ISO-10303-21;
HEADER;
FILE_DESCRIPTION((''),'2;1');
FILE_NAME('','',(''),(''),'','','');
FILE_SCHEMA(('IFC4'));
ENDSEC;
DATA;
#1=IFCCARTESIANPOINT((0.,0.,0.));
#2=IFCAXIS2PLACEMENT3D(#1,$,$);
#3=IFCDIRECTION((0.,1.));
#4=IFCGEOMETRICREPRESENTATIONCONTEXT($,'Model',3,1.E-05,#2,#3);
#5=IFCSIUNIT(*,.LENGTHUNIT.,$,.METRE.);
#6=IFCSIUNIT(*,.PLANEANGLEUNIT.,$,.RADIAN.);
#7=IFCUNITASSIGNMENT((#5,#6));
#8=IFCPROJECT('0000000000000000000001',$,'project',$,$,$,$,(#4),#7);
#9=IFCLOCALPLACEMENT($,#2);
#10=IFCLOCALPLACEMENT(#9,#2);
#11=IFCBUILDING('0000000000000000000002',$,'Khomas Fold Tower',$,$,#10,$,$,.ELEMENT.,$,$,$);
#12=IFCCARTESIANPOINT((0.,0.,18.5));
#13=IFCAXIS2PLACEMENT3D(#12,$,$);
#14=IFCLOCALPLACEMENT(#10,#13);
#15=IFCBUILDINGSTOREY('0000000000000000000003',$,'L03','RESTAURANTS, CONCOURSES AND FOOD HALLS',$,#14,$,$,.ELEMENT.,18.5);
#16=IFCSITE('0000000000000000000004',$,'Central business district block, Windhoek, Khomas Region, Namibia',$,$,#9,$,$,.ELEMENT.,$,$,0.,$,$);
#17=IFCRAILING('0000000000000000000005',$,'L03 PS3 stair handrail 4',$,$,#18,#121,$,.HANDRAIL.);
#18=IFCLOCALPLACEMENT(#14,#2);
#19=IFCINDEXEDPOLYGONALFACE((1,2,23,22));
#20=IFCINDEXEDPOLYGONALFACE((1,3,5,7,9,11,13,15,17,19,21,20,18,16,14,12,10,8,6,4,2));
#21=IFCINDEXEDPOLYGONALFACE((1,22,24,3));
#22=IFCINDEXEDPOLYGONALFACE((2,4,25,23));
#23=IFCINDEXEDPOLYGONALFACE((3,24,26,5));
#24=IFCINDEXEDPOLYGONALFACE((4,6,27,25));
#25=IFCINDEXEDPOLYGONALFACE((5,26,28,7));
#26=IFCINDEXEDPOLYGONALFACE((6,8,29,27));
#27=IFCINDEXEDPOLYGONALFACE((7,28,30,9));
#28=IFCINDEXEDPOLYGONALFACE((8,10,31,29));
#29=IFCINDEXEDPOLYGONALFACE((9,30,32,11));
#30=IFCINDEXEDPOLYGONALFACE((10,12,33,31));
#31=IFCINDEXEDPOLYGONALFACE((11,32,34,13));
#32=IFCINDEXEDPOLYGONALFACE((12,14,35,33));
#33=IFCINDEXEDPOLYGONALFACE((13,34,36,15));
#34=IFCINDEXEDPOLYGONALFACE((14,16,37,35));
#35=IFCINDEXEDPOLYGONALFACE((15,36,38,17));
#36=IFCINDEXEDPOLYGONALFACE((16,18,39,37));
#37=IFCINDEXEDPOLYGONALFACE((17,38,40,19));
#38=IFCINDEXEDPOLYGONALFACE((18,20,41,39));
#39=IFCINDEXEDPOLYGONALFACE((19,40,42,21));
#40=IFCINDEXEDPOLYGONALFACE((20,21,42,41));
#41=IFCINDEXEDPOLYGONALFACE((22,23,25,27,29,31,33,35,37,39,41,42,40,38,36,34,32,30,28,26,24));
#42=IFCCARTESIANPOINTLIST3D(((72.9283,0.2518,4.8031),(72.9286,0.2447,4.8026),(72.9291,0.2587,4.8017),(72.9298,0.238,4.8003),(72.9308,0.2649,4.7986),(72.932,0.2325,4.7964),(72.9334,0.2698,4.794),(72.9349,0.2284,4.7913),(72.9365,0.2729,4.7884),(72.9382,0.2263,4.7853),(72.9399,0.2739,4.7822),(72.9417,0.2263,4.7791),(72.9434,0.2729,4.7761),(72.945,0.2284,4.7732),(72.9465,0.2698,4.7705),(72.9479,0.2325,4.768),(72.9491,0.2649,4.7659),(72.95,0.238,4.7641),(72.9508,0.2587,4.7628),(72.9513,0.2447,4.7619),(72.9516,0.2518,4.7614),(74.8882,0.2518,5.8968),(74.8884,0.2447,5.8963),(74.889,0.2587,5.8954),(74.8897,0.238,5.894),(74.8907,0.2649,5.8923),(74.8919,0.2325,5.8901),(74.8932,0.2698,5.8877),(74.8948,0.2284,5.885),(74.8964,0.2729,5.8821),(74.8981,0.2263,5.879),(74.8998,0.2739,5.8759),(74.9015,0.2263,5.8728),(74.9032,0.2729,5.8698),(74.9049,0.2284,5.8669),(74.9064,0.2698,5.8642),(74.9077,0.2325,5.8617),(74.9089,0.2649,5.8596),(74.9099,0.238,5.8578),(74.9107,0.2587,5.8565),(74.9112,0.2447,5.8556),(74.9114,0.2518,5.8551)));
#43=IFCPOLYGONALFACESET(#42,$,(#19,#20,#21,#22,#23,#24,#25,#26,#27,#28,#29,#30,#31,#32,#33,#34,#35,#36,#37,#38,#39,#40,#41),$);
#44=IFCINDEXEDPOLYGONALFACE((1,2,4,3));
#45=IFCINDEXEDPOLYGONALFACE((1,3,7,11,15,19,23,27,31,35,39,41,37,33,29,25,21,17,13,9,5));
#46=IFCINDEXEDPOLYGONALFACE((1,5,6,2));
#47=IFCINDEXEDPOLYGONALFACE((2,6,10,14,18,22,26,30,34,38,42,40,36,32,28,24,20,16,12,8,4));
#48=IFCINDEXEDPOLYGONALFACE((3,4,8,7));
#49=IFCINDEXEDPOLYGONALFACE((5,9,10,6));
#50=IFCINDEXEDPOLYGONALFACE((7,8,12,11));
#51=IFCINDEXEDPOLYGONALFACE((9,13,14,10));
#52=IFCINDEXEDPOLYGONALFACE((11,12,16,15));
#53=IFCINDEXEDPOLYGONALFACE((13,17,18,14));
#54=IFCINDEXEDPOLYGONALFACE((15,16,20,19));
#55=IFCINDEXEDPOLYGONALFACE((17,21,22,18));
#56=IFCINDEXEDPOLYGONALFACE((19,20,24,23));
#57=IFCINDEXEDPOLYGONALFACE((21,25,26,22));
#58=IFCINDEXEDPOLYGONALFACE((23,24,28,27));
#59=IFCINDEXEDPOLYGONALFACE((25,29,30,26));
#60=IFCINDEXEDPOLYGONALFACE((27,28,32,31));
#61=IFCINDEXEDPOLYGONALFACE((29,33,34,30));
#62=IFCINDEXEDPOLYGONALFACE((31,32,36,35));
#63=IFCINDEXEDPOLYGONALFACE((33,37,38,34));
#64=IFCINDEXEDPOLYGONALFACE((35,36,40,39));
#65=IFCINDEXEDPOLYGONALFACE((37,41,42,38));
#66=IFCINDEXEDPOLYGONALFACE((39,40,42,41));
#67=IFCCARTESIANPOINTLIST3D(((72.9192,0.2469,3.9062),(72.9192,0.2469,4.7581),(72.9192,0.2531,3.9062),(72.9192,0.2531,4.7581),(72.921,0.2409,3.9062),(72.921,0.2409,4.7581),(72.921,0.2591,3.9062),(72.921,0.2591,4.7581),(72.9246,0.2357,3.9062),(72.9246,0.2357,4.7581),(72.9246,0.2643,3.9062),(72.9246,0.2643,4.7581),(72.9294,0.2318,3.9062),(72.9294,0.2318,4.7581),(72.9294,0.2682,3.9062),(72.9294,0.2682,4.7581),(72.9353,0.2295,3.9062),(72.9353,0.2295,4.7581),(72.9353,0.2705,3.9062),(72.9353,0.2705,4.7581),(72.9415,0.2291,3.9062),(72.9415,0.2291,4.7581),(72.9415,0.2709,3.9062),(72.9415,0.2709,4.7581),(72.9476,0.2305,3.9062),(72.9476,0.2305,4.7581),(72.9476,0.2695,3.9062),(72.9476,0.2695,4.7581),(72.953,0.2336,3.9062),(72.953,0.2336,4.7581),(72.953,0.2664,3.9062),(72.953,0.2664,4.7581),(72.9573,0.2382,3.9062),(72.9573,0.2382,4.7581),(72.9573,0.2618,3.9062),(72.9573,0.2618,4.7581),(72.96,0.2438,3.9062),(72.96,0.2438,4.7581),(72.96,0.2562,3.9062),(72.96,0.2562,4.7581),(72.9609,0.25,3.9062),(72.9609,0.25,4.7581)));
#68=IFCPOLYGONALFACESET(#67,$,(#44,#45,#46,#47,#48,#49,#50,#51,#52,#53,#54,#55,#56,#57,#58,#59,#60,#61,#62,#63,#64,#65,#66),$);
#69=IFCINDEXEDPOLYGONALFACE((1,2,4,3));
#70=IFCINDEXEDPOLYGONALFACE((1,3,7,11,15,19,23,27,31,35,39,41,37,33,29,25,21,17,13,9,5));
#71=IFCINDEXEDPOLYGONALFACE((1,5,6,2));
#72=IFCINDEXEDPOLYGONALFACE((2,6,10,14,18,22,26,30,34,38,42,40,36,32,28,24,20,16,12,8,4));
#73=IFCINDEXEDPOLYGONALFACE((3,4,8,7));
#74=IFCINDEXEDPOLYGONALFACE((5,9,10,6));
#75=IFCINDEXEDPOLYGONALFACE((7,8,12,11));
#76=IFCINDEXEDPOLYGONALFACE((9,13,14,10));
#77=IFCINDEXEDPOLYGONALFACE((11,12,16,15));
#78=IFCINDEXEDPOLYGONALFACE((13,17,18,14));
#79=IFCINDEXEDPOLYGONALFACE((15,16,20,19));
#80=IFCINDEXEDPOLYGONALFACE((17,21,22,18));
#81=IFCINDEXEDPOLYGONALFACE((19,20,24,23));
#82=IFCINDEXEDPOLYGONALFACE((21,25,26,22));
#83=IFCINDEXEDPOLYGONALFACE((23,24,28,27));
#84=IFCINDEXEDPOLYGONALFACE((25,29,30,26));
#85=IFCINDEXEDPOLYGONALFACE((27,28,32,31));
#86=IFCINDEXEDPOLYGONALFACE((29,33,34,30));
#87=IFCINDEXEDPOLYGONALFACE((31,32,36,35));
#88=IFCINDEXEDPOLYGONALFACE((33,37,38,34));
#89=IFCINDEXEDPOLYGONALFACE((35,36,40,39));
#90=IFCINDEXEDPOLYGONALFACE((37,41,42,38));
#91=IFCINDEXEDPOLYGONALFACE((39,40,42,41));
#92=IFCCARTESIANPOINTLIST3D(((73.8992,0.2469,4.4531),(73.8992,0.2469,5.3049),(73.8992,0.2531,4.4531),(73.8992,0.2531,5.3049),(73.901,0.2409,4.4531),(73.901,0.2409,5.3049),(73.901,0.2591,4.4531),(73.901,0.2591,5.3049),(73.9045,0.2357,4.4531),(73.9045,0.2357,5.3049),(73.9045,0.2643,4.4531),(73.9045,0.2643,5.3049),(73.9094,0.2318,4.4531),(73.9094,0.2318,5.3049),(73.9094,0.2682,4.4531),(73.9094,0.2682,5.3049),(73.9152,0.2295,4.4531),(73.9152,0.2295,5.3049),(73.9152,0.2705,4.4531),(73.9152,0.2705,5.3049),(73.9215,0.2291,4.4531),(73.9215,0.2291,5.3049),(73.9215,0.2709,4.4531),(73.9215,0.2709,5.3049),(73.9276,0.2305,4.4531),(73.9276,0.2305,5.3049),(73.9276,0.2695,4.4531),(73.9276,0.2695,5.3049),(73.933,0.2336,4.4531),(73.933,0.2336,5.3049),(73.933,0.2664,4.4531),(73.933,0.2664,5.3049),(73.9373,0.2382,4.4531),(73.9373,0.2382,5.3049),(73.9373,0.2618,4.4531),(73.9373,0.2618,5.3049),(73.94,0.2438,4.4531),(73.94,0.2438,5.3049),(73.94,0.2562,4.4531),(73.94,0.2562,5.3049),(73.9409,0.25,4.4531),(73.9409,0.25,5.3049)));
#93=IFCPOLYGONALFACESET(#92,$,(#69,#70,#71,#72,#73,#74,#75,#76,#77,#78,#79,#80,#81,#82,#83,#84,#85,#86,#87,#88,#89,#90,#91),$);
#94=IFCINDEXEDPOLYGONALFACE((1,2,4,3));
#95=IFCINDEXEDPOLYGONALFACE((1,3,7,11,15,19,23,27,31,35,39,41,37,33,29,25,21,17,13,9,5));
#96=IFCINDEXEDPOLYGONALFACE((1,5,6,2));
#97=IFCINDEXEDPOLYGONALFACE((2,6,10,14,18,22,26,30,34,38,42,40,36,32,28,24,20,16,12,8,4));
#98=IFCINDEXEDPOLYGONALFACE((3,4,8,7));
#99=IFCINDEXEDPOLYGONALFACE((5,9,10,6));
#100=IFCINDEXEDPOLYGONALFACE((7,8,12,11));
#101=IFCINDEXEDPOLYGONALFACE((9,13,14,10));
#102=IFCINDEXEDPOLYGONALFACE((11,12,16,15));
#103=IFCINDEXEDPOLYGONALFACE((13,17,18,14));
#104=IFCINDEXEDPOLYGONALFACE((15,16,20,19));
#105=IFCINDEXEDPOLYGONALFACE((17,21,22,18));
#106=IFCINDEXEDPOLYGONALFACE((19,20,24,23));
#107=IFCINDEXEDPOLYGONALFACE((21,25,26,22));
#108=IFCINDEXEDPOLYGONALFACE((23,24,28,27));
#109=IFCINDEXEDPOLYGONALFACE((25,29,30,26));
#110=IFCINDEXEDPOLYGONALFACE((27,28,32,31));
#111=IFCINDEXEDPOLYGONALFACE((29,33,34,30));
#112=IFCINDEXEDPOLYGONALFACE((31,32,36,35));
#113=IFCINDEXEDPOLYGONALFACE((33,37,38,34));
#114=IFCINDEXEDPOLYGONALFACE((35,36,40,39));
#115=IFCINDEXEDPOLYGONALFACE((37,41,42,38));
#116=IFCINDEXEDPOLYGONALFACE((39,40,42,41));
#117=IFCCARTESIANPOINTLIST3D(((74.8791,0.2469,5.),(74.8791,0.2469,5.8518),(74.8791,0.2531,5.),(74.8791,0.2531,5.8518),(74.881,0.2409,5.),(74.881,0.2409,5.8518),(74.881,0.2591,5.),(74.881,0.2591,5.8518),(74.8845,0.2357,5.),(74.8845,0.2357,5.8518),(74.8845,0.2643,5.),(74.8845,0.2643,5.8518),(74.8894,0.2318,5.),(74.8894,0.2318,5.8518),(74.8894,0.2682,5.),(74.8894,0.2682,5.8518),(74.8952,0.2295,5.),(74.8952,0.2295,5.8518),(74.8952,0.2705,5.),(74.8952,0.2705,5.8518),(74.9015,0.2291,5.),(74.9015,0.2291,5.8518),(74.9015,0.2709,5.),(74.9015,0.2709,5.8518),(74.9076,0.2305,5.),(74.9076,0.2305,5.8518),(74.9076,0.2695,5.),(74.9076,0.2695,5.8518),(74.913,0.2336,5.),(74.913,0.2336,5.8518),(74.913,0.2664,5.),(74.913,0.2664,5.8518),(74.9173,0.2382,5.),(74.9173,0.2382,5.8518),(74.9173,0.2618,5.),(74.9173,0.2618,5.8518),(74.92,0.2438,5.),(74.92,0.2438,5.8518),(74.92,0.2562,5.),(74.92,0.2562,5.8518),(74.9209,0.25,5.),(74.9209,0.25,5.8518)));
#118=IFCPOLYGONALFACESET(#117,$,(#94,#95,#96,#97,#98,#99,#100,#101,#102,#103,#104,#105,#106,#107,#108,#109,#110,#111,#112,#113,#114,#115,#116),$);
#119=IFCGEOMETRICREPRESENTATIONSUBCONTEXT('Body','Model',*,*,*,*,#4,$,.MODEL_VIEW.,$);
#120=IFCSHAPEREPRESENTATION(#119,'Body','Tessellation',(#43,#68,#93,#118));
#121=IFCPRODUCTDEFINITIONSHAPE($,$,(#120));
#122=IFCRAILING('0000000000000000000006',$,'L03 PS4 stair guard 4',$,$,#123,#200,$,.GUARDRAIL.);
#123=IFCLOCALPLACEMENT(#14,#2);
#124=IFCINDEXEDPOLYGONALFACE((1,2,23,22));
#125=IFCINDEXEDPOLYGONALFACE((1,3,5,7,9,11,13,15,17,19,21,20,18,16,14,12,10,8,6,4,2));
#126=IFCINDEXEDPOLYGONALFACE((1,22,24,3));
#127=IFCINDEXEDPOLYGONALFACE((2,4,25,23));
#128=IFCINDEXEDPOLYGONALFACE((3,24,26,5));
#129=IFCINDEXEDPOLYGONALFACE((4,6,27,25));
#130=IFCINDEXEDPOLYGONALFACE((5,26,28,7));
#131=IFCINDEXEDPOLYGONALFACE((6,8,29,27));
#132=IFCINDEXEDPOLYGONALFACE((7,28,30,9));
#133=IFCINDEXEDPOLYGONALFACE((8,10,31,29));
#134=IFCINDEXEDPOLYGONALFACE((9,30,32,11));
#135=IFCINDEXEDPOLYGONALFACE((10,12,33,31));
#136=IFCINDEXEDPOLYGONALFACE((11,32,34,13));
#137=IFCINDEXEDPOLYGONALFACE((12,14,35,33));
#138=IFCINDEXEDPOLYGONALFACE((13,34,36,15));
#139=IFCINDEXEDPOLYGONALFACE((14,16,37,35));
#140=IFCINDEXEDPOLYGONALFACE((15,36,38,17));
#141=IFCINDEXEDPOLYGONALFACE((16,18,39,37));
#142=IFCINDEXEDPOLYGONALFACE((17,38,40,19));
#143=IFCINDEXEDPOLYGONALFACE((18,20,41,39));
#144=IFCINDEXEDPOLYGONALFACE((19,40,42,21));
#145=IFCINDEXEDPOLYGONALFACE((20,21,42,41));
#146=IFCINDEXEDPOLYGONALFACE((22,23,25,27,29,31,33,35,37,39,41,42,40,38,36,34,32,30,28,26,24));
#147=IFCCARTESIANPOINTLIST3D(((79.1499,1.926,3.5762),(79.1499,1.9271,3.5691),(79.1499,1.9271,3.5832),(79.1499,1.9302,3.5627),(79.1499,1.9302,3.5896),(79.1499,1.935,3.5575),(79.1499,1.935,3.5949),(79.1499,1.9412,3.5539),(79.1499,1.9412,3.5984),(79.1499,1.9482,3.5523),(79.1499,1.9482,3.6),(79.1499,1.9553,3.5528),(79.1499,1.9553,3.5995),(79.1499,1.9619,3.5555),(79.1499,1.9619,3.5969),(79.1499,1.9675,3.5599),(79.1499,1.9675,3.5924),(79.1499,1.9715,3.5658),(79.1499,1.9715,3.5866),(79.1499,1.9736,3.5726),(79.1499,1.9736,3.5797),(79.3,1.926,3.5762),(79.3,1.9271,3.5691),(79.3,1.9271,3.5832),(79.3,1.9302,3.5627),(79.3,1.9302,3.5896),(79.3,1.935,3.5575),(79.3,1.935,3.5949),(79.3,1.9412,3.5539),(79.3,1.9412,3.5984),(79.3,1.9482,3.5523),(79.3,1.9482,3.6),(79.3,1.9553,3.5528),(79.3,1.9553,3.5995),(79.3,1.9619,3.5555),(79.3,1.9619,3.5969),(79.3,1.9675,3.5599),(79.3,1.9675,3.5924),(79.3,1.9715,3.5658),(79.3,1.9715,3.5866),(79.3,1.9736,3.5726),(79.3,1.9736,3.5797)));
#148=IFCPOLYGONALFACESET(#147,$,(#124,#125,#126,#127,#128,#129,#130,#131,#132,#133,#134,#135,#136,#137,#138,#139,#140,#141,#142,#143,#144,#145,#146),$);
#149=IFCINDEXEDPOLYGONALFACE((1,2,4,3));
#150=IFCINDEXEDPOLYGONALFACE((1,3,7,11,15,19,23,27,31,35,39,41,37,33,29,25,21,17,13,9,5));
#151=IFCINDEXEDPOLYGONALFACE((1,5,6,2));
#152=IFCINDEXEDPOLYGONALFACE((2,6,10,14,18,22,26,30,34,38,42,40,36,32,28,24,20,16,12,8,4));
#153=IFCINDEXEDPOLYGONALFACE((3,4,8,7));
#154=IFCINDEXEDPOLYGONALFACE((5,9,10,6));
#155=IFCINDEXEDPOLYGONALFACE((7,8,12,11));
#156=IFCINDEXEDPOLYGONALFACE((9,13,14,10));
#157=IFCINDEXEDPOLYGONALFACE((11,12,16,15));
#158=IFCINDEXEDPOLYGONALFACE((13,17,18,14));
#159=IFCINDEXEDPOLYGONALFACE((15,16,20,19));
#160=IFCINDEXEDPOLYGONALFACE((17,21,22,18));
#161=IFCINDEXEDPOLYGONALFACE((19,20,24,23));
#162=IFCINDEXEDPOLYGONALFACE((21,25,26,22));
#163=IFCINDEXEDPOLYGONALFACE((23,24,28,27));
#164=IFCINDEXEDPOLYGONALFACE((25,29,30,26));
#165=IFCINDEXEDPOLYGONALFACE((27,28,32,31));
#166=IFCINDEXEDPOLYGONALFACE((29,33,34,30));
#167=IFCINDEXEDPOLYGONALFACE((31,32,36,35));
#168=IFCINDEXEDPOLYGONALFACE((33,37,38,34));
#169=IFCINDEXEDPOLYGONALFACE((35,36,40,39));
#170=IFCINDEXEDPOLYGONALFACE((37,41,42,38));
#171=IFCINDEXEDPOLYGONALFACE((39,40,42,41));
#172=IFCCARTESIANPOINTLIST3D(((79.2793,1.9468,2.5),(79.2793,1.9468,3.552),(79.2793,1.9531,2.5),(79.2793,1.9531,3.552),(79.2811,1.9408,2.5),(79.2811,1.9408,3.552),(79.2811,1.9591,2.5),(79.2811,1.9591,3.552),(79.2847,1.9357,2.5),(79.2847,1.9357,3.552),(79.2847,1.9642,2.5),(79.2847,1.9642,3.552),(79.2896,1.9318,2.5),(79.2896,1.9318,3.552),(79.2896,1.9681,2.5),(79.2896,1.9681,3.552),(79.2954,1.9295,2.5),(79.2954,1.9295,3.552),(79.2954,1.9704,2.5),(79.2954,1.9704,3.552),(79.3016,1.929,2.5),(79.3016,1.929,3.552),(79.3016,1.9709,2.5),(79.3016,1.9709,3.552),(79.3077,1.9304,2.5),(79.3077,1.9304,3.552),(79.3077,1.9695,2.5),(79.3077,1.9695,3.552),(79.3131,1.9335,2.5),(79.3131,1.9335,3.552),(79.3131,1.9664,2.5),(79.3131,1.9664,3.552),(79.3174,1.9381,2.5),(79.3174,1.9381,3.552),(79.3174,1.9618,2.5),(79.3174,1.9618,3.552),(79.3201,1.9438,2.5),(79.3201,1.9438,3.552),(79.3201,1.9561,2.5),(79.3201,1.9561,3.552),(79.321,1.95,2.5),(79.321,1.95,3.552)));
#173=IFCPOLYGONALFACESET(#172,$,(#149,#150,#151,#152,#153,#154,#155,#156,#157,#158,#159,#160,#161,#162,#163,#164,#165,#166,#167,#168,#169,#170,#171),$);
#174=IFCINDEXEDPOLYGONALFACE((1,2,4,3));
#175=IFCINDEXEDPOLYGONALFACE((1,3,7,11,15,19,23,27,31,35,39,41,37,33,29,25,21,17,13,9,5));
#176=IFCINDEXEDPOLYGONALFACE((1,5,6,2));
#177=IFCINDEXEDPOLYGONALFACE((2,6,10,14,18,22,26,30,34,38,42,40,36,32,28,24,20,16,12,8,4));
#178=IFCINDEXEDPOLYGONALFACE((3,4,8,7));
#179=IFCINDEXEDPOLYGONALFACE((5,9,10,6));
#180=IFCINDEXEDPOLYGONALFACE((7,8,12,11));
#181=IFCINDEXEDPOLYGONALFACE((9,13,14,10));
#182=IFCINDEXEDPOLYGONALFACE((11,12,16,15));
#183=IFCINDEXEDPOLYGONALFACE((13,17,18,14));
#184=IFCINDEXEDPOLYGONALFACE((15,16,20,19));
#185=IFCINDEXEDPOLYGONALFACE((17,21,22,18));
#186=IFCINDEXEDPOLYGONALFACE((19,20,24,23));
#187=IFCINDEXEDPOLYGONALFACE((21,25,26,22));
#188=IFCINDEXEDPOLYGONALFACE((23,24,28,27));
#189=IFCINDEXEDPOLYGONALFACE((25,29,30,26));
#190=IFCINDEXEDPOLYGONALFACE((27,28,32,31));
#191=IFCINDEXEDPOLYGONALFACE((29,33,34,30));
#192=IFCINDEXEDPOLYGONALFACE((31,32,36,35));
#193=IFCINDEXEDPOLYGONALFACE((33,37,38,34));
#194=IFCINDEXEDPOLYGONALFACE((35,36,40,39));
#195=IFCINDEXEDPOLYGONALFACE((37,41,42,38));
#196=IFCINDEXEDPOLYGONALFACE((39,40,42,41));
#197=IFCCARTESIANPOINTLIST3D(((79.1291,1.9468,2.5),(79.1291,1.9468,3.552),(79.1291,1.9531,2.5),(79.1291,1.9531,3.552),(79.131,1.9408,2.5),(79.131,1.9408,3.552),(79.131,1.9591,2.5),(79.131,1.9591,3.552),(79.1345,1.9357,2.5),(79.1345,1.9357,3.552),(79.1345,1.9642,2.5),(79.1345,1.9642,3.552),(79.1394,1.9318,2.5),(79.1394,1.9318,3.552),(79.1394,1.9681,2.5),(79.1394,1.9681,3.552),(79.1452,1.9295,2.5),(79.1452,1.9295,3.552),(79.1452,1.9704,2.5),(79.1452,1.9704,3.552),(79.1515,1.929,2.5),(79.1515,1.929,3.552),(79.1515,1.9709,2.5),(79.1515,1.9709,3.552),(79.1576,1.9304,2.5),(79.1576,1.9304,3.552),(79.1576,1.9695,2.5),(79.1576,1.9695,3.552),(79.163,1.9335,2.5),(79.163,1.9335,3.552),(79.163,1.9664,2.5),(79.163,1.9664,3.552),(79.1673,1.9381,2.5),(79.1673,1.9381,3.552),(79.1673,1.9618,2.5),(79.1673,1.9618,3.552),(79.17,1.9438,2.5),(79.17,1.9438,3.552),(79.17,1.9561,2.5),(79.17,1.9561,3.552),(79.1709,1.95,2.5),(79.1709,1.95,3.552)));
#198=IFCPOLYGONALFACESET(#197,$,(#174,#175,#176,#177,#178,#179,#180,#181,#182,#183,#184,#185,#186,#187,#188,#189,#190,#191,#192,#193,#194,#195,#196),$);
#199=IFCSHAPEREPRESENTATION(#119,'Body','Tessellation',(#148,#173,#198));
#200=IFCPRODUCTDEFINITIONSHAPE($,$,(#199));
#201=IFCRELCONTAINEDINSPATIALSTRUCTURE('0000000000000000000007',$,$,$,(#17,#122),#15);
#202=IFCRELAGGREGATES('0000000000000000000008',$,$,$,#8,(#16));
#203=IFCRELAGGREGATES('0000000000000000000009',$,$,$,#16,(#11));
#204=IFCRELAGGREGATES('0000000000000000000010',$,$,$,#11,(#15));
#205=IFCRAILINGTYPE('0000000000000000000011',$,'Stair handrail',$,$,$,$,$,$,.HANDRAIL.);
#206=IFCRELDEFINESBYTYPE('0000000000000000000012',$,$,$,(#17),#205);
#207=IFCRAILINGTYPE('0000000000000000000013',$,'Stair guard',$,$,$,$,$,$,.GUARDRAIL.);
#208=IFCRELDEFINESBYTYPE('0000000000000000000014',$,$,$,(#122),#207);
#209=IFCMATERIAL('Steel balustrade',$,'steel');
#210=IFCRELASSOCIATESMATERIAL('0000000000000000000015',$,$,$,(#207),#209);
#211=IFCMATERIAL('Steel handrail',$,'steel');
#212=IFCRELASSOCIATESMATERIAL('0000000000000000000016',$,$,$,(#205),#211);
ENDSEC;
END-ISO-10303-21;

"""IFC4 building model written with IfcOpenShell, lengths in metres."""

from ifc_helpers import new_model, si_unit, direction, frame, origin, origin_2d, place, context, subcontext, project, spatial, circle, extrude, source, transform, mapped, material, type_object, element, save


model = new_model("IFC4")

# Units and contexts
model_context = context("Model", 3, precision=1e-05, world=origin(), true_north=direction((0.0, 1.0)))
body_context = subcontext(model_context, "Body", "Model", "MODEL_VIEW")
ifc_project = project(units=[si_unit("LENGTHUNIT", "METRE"), si_unit("PLANEANGLEUNIT", "RADIAN")], contexts=[model_context])

# Site, building, storey
site_placement = place(None, origin())
site = spatial("IfcSite", under=ifc_project, at=site_placement, Name="Central business district block, Windhoek, Khomas Region, Namibia", CompositionType="ELEMENT", RefElevation=0.0)
building_placement = place(site_placement, origin())
building = spatial("IfcBuilding", under=site, at=building_placement, Name="Khomas Fold Tower", CompositionType="ELEMENT")
storey_placement = place(building_placement, frame((0.0, 0.0, 18.5)))
storey = spatial("IfcBuildingStorey", under=building, at=storey_placement, Name="L03", Description="RESTAURANTS, CONCOURSES AND FOOD HALLS", CompositionType="ELEMENT", Elevation=18.5)

# Railings
ifc_material_1 = material(Name="Steel balustrade", Category="steel")
railing_type_1 = type_object("IfcRailingType", Name="Stair guard", PredefinedType="GUARDRAIL", material=ifc_material_1)
ifc_material_2 = material(Name="Steel handrail", Category="steel")
railing_type_2 = type_object("IfcRailingType", Name="Stair handrail", PredefinedType="HANDRAIL", material=ifc_material_2)
shared_shape_1 = source(origin(), body_context, "Body", "SweptSolid", [
    extrude(circle(Radius=0.0239, at=origin_2d()), frame((0.0, 0.0, 0.876), z_axis=(0.873232, 0.0, 0.487304), x_axis=(0.0, 1.0, 0.0)), (0.0, 0.0, 1.0), 2.2444),
    extrude(circle(Radius=0.021, at=origin_2d()), origin(), (0.0, 0.0, 1.0), 0.8518),
    extrude(circle(Radius=0.021, at=origin_2d()), frame((0.98, 0.0, 0.5469)), (0.0, 0.0, 1.0), 0.8518),
    extrude(circle(Radius=0.021, at=origin_2d()), frame((1.96, 0.0, 1.0938)), (0.0, 0.0, 1.0), 0.8518),
])
for number, where, name in (
    (1, (72.9399, 0.25, 3.9062), "L03 PS3 stair handrail 4"),
):
    element("IfcRailing", number, at=place(storey_placement, frame(where)), inside=storey, type_object=railing_type_2, Name=name, PredefinedType="HANDRAIL", context=body_context, shape_type="MappedRepresentation", body=[
        mapped(shared_shape_1, transform((0.0, 0.0, 0.0))),
    ])
shared_shape_2 = source(origin(), body_context, "Body", "SweptSolid", [
    extrude(circle(Radius=0.0239, at=origin_2d()), frame((0.0, 0.0, 1.0762), z_axis=(-1.0, 0.0, 0.0), x_axis=(0.0, -1.0, 0.0)), (0.0, 0.0, 1.0), 0.1501),
    extrude(circle(Radius=0.021, at=origin_2d()), origin(), (0.0, 0.0, 1.0), 1.052),
    extrude(circle(Radius=0.021, at=origin_2d()), frame((-0.1501, 0.0, 0.0)), (0.0, 0.0, 1.0), 1.052),
])
for number, where, name in (
    (2, (79.3, 1.95, 2.5), "L03 PS4 stair guard 4"),
):
    element("IfcRailing", number, at=place(storey_placement, frame(where)), inside=storey, type_object=railing_type_1, Name=name, PredefinedType="GUARDRAIL", context=body_context, shape_type="MappedRepresentation", body=[
        mapped(shared_shape_2, transform((0.0, 0.0, 0.0))),
    ])

save(model, "model.ifc")
